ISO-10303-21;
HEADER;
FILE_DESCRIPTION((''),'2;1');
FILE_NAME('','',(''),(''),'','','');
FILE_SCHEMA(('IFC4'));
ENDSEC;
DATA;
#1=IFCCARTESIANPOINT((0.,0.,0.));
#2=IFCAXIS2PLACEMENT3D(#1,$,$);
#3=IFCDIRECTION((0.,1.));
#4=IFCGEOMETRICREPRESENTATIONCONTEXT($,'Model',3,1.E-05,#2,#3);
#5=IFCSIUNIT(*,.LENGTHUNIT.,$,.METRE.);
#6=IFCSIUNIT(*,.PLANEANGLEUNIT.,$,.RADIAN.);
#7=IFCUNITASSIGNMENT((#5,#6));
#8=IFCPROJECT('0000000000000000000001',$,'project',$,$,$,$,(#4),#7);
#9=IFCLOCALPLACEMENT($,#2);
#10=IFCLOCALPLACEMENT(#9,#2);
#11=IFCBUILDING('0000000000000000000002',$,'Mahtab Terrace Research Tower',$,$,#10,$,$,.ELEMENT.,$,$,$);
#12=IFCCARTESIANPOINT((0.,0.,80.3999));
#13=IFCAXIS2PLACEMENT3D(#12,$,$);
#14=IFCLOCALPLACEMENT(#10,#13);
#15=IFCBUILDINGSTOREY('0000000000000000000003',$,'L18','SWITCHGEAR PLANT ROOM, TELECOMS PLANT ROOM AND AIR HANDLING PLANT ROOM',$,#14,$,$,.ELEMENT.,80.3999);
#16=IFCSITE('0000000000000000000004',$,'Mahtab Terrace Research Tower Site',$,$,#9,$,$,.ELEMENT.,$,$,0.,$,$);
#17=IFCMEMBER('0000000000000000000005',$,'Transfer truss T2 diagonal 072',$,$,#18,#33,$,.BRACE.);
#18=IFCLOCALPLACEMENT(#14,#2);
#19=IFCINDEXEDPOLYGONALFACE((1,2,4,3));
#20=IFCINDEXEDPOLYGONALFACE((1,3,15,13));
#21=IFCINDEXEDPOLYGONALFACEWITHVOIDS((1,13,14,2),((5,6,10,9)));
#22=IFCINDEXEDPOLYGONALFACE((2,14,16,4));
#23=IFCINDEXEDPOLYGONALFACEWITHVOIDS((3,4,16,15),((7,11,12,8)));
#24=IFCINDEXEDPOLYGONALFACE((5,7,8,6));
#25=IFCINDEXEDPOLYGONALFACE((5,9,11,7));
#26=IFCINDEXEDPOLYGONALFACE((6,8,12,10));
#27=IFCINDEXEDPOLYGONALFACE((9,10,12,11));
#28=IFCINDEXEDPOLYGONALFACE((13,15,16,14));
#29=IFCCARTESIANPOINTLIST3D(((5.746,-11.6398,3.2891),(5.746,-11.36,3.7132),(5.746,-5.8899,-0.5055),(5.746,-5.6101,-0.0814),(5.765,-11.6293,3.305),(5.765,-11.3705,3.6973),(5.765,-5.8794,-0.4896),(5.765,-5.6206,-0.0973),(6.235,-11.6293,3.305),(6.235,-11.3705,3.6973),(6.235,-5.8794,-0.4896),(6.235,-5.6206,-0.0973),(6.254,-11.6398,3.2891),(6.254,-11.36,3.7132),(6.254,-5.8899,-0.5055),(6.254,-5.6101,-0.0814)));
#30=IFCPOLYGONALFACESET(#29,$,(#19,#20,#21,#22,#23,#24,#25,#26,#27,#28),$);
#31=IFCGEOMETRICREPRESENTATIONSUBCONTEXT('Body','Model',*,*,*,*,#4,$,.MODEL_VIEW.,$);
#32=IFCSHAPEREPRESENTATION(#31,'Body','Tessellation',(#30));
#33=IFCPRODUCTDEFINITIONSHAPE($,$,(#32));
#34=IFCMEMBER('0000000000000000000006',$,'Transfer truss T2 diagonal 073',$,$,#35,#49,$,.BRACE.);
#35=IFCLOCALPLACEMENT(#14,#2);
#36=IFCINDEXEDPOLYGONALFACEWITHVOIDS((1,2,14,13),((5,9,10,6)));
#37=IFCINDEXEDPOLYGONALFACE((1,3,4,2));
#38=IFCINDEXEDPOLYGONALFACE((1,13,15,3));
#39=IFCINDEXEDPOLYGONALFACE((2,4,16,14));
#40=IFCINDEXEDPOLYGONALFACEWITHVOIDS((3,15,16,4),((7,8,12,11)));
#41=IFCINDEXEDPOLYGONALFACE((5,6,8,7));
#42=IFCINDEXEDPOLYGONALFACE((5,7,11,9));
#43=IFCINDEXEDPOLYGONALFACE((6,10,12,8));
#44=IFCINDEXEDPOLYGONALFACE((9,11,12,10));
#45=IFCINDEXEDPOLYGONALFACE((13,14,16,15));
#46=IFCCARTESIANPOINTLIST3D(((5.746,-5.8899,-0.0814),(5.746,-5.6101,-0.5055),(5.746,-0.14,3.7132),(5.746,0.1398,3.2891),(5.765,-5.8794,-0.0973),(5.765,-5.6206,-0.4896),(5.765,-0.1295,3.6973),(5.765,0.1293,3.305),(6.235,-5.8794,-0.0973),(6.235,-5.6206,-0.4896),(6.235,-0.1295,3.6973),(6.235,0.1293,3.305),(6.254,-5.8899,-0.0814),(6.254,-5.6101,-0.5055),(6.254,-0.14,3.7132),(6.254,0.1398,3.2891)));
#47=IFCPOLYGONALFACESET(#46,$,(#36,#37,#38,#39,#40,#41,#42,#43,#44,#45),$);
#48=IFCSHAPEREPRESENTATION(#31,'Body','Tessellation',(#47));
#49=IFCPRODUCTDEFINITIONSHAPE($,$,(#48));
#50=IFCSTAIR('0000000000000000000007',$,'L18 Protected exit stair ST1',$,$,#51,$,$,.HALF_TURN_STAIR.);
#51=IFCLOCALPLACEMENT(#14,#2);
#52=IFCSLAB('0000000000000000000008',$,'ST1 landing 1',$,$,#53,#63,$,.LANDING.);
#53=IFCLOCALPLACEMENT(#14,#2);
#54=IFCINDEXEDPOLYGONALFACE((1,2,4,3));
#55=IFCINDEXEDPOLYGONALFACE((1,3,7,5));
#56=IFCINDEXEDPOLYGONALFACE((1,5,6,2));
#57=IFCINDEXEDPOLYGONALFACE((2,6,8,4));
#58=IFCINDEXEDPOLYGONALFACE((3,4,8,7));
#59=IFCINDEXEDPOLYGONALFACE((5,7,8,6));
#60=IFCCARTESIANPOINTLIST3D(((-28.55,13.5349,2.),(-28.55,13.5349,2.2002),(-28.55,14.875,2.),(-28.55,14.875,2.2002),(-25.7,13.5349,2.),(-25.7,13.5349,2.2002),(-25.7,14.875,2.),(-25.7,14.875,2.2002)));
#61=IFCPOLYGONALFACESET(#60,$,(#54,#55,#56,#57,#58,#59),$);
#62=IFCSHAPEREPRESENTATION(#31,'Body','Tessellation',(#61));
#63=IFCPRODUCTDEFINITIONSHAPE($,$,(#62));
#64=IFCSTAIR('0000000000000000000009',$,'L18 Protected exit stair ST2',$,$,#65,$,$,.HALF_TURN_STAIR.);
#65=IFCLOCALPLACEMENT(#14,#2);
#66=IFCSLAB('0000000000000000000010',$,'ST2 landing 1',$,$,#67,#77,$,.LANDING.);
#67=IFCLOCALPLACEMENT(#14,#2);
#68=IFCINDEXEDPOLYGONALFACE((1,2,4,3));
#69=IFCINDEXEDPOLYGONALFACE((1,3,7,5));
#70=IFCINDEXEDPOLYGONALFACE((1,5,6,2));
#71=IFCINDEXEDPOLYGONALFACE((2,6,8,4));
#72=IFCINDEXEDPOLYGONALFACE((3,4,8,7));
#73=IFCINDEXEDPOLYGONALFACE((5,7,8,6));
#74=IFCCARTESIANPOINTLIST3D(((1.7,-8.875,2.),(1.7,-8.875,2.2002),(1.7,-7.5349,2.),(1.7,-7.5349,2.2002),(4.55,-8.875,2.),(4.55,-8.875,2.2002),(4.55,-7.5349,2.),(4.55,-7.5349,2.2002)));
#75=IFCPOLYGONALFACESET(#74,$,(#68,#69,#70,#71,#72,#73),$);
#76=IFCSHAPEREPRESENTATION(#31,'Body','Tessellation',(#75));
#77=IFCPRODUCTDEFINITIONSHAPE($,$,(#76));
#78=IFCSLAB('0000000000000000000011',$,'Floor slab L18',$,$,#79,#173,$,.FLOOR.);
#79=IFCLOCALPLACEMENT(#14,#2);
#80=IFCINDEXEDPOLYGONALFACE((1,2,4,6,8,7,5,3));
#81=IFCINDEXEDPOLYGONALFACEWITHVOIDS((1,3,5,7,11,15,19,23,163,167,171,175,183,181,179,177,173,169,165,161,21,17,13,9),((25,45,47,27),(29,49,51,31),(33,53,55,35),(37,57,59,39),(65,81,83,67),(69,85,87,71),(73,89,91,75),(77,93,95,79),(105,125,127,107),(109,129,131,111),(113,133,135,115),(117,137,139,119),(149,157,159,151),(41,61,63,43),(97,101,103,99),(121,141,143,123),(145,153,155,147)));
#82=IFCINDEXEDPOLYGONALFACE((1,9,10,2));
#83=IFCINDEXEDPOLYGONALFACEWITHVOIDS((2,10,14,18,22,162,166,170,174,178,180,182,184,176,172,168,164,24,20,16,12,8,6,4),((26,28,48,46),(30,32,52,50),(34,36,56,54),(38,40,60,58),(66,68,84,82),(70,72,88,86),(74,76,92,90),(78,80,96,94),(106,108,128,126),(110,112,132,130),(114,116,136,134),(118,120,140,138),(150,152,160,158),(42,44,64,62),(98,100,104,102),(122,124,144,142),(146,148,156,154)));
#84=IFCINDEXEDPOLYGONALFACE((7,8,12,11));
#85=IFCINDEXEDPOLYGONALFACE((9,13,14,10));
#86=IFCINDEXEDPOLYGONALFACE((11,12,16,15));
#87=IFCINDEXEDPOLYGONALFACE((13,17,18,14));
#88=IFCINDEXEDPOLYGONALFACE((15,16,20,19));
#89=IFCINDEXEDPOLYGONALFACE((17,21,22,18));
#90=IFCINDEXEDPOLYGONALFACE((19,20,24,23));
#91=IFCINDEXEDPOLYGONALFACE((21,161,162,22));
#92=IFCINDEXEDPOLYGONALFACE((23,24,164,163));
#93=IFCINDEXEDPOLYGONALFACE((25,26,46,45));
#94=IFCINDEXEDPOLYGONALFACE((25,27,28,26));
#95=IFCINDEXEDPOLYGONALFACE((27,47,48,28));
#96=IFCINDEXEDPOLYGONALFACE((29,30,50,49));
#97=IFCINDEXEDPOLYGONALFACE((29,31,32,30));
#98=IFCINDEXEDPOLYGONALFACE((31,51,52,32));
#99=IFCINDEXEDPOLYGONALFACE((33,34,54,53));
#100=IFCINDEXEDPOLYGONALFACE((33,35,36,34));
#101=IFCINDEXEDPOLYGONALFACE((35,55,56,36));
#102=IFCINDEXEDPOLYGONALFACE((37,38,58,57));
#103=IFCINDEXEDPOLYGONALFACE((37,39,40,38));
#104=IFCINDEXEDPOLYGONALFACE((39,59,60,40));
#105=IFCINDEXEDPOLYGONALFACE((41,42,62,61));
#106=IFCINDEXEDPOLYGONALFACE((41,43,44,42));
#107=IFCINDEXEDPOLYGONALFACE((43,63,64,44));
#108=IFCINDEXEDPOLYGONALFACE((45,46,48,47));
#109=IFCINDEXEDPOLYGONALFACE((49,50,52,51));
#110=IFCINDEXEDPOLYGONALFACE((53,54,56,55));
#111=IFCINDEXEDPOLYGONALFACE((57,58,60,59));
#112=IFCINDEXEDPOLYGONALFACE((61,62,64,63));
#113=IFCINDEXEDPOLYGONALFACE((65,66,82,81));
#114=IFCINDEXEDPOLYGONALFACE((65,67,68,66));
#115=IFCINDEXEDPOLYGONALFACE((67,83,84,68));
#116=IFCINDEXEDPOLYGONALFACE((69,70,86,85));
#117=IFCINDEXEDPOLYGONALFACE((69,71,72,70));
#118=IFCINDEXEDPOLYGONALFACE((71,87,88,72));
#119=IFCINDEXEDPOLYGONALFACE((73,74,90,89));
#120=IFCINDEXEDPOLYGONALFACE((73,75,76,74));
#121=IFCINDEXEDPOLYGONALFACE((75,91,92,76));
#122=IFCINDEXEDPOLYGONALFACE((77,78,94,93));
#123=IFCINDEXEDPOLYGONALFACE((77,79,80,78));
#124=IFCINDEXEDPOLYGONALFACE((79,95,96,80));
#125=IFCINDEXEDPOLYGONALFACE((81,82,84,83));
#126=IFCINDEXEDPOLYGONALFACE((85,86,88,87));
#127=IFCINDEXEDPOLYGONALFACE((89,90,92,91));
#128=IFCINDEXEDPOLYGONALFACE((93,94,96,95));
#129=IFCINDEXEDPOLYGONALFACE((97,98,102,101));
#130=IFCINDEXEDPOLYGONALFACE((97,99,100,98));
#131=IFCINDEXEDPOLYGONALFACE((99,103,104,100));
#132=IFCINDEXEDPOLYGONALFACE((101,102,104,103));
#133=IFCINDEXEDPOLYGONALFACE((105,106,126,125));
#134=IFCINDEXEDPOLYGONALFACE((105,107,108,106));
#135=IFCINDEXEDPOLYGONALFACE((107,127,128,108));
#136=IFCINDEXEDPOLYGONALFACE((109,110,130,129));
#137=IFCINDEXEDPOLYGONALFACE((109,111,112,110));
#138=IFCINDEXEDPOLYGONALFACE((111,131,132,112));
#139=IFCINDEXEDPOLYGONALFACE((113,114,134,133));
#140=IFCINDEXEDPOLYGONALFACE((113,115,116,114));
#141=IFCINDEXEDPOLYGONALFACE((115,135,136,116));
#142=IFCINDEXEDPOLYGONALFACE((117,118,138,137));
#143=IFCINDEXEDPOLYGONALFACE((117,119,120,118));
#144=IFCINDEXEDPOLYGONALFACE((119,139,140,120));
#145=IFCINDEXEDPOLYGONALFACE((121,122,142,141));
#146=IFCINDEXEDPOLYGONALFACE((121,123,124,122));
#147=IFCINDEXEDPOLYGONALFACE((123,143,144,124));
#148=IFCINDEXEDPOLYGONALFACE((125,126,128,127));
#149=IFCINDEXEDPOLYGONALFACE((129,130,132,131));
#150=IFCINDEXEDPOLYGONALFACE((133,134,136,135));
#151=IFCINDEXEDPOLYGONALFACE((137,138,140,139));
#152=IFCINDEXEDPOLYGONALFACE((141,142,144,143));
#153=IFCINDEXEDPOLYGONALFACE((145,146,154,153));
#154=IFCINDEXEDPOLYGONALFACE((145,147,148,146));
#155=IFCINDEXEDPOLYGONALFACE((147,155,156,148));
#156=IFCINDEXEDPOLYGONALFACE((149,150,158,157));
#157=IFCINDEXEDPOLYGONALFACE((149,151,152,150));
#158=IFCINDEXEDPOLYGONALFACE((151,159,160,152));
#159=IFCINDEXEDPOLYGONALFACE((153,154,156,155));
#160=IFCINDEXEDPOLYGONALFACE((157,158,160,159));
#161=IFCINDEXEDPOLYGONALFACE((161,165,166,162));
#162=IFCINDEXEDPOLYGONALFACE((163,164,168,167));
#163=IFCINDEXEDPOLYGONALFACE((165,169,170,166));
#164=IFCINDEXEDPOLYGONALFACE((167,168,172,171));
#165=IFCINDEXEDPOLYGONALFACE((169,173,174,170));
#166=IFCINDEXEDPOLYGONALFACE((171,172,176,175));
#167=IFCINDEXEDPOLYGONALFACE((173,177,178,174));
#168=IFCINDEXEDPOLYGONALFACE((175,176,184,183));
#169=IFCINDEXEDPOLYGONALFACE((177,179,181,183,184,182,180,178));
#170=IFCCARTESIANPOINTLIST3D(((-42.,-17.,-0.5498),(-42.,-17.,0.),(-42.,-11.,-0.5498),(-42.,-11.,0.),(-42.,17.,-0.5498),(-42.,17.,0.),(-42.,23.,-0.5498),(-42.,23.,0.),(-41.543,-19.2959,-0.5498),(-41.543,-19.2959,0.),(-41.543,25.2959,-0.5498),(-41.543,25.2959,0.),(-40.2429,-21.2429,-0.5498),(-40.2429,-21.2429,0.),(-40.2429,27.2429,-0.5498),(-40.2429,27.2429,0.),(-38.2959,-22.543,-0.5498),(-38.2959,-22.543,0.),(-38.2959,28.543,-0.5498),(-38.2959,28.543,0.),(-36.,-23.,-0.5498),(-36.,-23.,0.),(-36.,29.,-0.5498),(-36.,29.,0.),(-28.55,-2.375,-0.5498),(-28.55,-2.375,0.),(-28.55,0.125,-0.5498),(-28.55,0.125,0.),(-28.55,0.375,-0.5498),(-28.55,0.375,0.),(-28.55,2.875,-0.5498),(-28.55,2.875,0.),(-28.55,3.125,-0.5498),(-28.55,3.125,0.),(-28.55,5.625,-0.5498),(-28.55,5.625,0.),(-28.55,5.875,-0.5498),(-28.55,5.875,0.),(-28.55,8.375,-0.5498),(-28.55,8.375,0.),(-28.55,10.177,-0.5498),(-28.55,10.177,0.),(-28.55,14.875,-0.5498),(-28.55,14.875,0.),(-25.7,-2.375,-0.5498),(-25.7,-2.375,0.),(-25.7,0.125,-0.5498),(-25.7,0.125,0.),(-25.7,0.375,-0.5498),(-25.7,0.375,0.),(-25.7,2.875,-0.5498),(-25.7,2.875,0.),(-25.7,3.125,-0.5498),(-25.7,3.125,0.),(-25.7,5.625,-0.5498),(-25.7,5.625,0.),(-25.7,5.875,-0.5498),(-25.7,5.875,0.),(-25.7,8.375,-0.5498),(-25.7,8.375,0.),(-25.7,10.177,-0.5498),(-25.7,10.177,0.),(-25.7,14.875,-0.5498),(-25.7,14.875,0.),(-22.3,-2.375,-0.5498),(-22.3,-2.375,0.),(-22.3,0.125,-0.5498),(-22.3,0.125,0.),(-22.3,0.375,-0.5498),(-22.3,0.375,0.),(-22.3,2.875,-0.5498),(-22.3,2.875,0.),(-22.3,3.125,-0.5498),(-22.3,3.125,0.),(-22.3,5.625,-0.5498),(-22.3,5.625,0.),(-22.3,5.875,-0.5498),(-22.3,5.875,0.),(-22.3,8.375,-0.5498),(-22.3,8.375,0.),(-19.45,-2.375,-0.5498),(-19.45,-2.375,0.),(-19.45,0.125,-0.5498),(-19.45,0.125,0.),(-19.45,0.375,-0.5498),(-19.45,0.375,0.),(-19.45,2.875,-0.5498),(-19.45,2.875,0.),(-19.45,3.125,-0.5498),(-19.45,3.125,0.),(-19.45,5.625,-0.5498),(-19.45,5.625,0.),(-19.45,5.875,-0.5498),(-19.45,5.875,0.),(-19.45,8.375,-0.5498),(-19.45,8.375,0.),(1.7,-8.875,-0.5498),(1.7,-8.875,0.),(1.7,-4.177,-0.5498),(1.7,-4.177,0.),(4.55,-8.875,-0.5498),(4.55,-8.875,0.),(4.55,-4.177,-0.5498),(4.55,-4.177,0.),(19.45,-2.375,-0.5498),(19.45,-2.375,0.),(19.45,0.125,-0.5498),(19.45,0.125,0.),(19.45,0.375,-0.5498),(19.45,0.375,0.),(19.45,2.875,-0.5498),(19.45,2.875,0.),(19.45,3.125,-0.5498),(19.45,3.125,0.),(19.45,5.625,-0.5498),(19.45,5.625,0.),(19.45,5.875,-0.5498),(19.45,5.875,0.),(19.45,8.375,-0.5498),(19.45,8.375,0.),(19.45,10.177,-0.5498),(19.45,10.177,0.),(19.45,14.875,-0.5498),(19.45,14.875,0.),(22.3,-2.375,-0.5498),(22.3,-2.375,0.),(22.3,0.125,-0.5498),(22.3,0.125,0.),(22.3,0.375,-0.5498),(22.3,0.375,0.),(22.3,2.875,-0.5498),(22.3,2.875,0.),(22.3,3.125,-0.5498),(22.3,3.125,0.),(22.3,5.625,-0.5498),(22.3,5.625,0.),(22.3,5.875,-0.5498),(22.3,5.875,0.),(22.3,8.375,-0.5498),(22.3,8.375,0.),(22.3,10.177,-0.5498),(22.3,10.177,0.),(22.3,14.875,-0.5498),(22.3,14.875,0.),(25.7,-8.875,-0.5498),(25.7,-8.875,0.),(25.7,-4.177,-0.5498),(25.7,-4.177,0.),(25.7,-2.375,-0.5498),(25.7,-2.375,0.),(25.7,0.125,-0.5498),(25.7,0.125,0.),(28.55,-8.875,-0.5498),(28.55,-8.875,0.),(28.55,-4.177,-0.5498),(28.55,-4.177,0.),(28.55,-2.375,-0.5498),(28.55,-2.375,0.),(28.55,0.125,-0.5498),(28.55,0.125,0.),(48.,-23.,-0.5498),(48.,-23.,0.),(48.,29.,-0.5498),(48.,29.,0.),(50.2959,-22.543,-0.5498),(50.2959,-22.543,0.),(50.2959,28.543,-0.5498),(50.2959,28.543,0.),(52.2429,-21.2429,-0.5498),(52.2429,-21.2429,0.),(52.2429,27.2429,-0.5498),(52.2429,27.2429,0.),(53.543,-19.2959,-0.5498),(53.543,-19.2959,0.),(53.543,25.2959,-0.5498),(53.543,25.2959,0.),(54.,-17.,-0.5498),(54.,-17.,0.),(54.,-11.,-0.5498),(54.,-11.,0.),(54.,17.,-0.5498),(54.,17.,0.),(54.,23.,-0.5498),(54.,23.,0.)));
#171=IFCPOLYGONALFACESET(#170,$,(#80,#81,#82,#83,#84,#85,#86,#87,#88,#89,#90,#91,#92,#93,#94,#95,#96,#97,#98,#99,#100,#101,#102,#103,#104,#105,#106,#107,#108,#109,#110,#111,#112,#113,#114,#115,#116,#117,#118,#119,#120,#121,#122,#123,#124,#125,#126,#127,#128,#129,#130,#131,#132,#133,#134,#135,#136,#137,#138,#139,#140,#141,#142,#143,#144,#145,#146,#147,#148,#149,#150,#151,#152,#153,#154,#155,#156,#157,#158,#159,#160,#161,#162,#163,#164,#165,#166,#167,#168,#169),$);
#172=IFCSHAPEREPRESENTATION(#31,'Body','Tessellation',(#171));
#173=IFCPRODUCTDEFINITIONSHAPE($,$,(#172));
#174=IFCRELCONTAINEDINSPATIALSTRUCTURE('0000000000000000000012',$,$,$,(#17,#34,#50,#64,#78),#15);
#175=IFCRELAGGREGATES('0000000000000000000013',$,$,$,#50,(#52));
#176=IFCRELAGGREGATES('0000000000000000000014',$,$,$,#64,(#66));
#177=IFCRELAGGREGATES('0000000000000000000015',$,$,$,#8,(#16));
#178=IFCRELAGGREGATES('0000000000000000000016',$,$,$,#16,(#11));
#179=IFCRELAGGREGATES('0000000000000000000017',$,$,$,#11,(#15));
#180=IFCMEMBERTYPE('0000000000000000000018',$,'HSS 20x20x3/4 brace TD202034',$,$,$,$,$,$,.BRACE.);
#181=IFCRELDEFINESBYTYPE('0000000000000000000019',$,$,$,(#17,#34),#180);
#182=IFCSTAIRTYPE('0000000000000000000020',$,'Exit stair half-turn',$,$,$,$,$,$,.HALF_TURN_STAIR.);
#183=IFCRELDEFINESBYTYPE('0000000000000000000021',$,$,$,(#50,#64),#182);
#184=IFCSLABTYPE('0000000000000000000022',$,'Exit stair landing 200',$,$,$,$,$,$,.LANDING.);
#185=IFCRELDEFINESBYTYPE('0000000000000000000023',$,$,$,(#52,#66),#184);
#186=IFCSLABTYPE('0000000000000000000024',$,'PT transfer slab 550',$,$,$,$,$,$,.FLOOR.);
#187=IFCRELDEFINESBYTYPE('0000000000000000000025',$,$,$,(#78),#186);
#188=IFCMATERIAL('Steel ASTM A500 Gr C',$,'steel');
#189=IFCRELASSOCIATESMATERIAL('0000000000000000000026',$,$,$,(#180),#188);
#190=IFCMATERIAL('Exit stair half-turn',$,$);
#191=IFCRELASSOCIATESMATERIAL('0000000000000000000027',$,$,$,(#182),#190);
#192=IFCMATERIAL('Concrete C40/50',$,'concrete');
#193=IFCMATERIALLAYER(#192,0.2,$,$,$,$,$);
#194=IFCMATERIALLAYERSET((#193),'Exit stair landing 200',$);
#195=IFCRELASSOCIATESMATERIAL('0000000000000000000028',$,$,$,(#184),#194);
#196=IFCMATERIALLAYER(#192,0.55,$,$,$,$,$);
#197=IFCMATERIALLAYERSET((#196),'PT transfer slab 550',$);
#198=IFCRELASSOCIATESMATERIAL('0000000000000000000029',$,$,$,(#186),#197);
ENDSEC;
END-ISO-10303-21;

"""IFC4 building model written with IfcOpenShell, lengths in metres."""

from ifc_helpers import new_model, si_unit, direction, frame, origin, origin_2d, place, context, subcontext, project, spatial, polyline, hollow_rectangle, outline, extrude, material, layer, layer_set, material_profile, profile_set, type_object, element, aggregate, save


model = new_model("IFC4")

# Units and contexts
model_context = context("Model", 3, precision=1e-05, world=origin(), true_north=direction((0.0, 1.0)))
body_context = subcontext(model_context, "Body", "Model", "MODEL_VIEW")
ifc_project = project(units=[si_unit("LENGTHUNIT", "METRE"), si_unit("PLANEANGLEUNIT", "RADIAN")], contexts=[model_context])

# Site, building, storey
site_placement = place(None, origin())
site = spatial("IfcSite", under=ifc_project, at=site_placement, Name="Mahtab Terrace Research Tower Site", CompositionType="ELEMENT", RefElevation=0.0)
building_placement = place(site_placement, origin())
building = spatial("IfcBuilding", under=site, at=building_placement, Name="Mahtab Terrace Research Tower", CompositionType="ELEMENT")
storey_placement = place(building_placement, frame((0.0, 0.0, 80.3999)))
storey = spatial("IfcBuildingStorey", under=building, at=storey_placement, Name="L18", Description="SWITCHGEAR PLANT ROOM, TELECOMS PLANT ROOM AND AIR HANDLING PLANT ROOM", CompositionType="ELEMENT", Elevation=80.3999)

# Members
ifc_material_1 = material(Name="Steel ASTM A500 Gr C", Category="steel")
ifc_material_profile = material_profile(ifc_material_1, hollow_rectangle(XDim=0.5081, YDim=0.5081, WallThickness=0.019, at=origin_2d()), Name="HSS20X20X3/4")
ifc_profile_set = profile_set([ifc_material_profile], Name="Steel ASTM A500 Gr C")
member_type = type_object("IfcMemberType", Name="HSS 20x20x3/4 brace TD202034", PredefinedType="BRACE", material=ifc_profile_set)
for number, where, z_axis, x_axis, name in (
    (1, (6.0, -5.75, -0.2935), (0.0, -0.834631, 0.55081), (1.0, 0.0, 0.0), "Transfer truss T2 diagonal 072"),
    (2, (6.0, -5.75, -0.2935), (0.0, 0.834631, 0.55081), (-1.0, 0.0, 0.0), "Transfer truss T2 diagonal 073"),
):
    element("IfcMember", number, at=place(storey_placement, frame(where, z_axis=z_axis, x_axis=x_axis)), inside=storey, type_object=member_type, Name=name, PredefinedType="BRACE", context=body_context, shape_type="SweptSolid", body=[
        extrude(hollow_rectangle(XDim=0.5081, YDim=0.5081, WallThickness=0.019, at=origin_2d()), origin(), (0.0, 0.0, 1.0), 6.8892),
    ])

# Stairs, slabs
ifc_material_2 = material(Name="Exit stair half-turn")
stair_type = type_object("IfcStairType", Name="Exit stair half-turn", PredefinedType="HALF_TURN_STAIR", material=ifc_material_2)
stair_1_placement = place(storey_placement, origin())
stair_1 = element("IfcStair", 3, at=stair_1_placement, inside=storey, type_object=stair_type, Name="L18 Protected exit stair ST1", PredefinedType="HALF_TURN_STAIR")
ifc_material_3 = material(Name="Concrete C40/50", Category="concrete")
ifc_layer_1 = layer(ifc_material_3, 0.2)
ifc_layer_set_1 = layer_set([ifc_layer_1], Name="Exit stair landing 200")
slab_type_1 = type_object("IfcSlabType", Name="Exit stair landing 200", PredefinedType="LANDING", material=ifc_layer_set_1)
slab_1_placement = place(storey_placement, frame((0.0, 0.0, 2.0)))
slab_1 = element("IfcSlab", 4, at=slab_1_placement, type_object=slab_type_1, Name="ST1 landing 1", PredefinedType="LANDING", context=body_context, shape_type="SweptSolid", body=[
    extrude(outline(polyline([(-25.7, 13.5349), (-25.7, 14.875), (-28.55, 14.875), (-28.55, 13.5349), (-25.7, 13.5349)])), origin(), (0.0, 0.0, 1.0), 0.2002),
])
aggregate(stair_1, [slab_1])
stair_2_placement = place(storey_placement, origin())
stair_2 = element("IfcStair", 5, at=stair_2_placement, inside=storey, type_object=stair_type, Name="L18 Protected exit stair ST2", PredefinedType="HALF_TURN_STAIR")
slab_2_placement = place(storey_placement, frame((0.0, 0.0, 2.0)))
slab_2 = element("IfcSlab", 6, at=slab_2_placement, type_object=slab_type_1, Name="ST2 landing 1", PredefinedType="LANDING", context=body_context, shape_type="SweptSolid", body=[
    extrude(outline(polyline([(1.7, -7.5349), (1.7, -8.875), (4.55, -8.875), (4.55, -7.5349), (1.7, -7.5349)])), origin(), (0.0, 0.0, 1.0), 0.2002),
])

# Slab
ifc_layer_2 = layer(ifc_material_3, 0.55)
ifc_layer_set_2 = layer_set([ifc_layer_2], Name="PT transfer slab 550")
slab_type_2 = type_object("IfcSlabType", Name="PT transfer slab 550", PredefinedType="FLOOR", material=ifc_layer_set_2)
slab_3_placement = place(storey_placement, frame((0.0, 0.0, -0.5498)))
element("IfcSlab", 7, at=slab_3_placement, inside=storey, type_object=slab_type_2, Name="Floor slab L18", PredefinedType="FLOOR", context=body_context, shape_type="SweptSolid", body=[
    extrude(outline(polyline([(54.0, 17.0), (54.0, 23.0), (53.543, 25.2959), (52.2429, 27.2429), (50.2959, 28.543), (48.0, 29.0), (-36.0, 29.0), (-38.2959, 28.543), (-40.2429, 27.2429), (-41.543, 25.2959), (-42.0, 23.0), (-42.0, 17.0), (-42.0, -11.0), (-42.0, -17.0), (-41.543, -19.2959), (-40.2429, -21.2429), (-38.2959, -22.543), (-36.0, -23.0), (48.0, -23.0), (50.2959, -22.543), (52.2429, -21.2429), (53.543, -19.2959), (54.0, -17.0), (54.0, -11.0), (54.0, 17.0)]), holes=[polyline([(-28.55, -2.375), (-28.55, 0.125), (-25.7, 0.125), (-25.7, -2.375), (-28.55, -2.375)]), polyline([(-22.3, -2.375), (-22.3, 0.125), (-19.45, 0.125), (-19.45, -2.375), (-22.3, -2.375)]), polyline([(-28.55, 0.375), (-28.55, 2.875), (-25.7, 2.875), (-25.7, 0.375), (-28.55, 0.375)]), polyline([(-22.3, 0.375), (-22.3, 2.875), (-19.45, 2.875), (-19.45, 0.375), (-22.3, 0.375)]), polyline([(-28.55, 3.125), (-28.55, 5.625), (-25.7, 5.625), (-25.7, 3.125), (-28.55, 3.125)]), polyline([(-22.3, 3.125), (-22.3, 5.625), (-19.45, 5.625), (-19.45, 3.125), (-22.3, 3.125)]), polyline([(-28.55, 5.875), (-28.55, 8.375), (-25.7, 8.375), (-25.7, 5.875), (-28.55, 5.875)]), polyline([(-22.3, 5.875), (-22.3, 8.375), (-19.45, 8.375), (-19.45, 5.875), (-22.3, 5.875)]), polyline([(-28.55, 10.177), (-28.55, 14.875), (-25.7, 14.875), (-25.7, 10.177), (-28.55, 10.177)]), polyline([(1.7, -8.875), (1.7, -4.177), (4.55, -4.177), (4.55, -8.875), (1.7, -8.875)]), polyline([(25.7, -8.875), (25.7, -4.177), (28.55, -4.177), (28.55, -8.875), (25.7, -8.875)]), polyline([(19.45, -2.375), (19.45, 0.125), (22.3, 0.125), (22.3, -2.375), (19.45, -2.375)]), polyline([(25.7, -2.375), (25.7, 0.125), (28.55, 0.125), (28.55, -2.375), (25.7, -2.375)]), polyline([(19.45, 0.375), (19.45, 2.875), (22.3, 2.875), (22.3, 0.375), (19.45, 0.375)]), polyline([(19.45, 3.125), (19.45, 5.625), (22.3, 5.625), (22.3, 3.125), (19.45, 3.125)]), polyline([(19.45, 8.375), (22.3, 8.375), (22.3, 5.875), (19.45, 5.875), (19.45, 8.375)]), polyline([(19.45, 14.875), (22.3, 14.875), (22.3, 10.177), (19.45, 10.177), (19.45, 14.875)])]), origin(), (0.0, 0.0, 1.0), 0.5498),
])

aggregate(stair_2, [slab_2])

save(model, "model.ifc")
